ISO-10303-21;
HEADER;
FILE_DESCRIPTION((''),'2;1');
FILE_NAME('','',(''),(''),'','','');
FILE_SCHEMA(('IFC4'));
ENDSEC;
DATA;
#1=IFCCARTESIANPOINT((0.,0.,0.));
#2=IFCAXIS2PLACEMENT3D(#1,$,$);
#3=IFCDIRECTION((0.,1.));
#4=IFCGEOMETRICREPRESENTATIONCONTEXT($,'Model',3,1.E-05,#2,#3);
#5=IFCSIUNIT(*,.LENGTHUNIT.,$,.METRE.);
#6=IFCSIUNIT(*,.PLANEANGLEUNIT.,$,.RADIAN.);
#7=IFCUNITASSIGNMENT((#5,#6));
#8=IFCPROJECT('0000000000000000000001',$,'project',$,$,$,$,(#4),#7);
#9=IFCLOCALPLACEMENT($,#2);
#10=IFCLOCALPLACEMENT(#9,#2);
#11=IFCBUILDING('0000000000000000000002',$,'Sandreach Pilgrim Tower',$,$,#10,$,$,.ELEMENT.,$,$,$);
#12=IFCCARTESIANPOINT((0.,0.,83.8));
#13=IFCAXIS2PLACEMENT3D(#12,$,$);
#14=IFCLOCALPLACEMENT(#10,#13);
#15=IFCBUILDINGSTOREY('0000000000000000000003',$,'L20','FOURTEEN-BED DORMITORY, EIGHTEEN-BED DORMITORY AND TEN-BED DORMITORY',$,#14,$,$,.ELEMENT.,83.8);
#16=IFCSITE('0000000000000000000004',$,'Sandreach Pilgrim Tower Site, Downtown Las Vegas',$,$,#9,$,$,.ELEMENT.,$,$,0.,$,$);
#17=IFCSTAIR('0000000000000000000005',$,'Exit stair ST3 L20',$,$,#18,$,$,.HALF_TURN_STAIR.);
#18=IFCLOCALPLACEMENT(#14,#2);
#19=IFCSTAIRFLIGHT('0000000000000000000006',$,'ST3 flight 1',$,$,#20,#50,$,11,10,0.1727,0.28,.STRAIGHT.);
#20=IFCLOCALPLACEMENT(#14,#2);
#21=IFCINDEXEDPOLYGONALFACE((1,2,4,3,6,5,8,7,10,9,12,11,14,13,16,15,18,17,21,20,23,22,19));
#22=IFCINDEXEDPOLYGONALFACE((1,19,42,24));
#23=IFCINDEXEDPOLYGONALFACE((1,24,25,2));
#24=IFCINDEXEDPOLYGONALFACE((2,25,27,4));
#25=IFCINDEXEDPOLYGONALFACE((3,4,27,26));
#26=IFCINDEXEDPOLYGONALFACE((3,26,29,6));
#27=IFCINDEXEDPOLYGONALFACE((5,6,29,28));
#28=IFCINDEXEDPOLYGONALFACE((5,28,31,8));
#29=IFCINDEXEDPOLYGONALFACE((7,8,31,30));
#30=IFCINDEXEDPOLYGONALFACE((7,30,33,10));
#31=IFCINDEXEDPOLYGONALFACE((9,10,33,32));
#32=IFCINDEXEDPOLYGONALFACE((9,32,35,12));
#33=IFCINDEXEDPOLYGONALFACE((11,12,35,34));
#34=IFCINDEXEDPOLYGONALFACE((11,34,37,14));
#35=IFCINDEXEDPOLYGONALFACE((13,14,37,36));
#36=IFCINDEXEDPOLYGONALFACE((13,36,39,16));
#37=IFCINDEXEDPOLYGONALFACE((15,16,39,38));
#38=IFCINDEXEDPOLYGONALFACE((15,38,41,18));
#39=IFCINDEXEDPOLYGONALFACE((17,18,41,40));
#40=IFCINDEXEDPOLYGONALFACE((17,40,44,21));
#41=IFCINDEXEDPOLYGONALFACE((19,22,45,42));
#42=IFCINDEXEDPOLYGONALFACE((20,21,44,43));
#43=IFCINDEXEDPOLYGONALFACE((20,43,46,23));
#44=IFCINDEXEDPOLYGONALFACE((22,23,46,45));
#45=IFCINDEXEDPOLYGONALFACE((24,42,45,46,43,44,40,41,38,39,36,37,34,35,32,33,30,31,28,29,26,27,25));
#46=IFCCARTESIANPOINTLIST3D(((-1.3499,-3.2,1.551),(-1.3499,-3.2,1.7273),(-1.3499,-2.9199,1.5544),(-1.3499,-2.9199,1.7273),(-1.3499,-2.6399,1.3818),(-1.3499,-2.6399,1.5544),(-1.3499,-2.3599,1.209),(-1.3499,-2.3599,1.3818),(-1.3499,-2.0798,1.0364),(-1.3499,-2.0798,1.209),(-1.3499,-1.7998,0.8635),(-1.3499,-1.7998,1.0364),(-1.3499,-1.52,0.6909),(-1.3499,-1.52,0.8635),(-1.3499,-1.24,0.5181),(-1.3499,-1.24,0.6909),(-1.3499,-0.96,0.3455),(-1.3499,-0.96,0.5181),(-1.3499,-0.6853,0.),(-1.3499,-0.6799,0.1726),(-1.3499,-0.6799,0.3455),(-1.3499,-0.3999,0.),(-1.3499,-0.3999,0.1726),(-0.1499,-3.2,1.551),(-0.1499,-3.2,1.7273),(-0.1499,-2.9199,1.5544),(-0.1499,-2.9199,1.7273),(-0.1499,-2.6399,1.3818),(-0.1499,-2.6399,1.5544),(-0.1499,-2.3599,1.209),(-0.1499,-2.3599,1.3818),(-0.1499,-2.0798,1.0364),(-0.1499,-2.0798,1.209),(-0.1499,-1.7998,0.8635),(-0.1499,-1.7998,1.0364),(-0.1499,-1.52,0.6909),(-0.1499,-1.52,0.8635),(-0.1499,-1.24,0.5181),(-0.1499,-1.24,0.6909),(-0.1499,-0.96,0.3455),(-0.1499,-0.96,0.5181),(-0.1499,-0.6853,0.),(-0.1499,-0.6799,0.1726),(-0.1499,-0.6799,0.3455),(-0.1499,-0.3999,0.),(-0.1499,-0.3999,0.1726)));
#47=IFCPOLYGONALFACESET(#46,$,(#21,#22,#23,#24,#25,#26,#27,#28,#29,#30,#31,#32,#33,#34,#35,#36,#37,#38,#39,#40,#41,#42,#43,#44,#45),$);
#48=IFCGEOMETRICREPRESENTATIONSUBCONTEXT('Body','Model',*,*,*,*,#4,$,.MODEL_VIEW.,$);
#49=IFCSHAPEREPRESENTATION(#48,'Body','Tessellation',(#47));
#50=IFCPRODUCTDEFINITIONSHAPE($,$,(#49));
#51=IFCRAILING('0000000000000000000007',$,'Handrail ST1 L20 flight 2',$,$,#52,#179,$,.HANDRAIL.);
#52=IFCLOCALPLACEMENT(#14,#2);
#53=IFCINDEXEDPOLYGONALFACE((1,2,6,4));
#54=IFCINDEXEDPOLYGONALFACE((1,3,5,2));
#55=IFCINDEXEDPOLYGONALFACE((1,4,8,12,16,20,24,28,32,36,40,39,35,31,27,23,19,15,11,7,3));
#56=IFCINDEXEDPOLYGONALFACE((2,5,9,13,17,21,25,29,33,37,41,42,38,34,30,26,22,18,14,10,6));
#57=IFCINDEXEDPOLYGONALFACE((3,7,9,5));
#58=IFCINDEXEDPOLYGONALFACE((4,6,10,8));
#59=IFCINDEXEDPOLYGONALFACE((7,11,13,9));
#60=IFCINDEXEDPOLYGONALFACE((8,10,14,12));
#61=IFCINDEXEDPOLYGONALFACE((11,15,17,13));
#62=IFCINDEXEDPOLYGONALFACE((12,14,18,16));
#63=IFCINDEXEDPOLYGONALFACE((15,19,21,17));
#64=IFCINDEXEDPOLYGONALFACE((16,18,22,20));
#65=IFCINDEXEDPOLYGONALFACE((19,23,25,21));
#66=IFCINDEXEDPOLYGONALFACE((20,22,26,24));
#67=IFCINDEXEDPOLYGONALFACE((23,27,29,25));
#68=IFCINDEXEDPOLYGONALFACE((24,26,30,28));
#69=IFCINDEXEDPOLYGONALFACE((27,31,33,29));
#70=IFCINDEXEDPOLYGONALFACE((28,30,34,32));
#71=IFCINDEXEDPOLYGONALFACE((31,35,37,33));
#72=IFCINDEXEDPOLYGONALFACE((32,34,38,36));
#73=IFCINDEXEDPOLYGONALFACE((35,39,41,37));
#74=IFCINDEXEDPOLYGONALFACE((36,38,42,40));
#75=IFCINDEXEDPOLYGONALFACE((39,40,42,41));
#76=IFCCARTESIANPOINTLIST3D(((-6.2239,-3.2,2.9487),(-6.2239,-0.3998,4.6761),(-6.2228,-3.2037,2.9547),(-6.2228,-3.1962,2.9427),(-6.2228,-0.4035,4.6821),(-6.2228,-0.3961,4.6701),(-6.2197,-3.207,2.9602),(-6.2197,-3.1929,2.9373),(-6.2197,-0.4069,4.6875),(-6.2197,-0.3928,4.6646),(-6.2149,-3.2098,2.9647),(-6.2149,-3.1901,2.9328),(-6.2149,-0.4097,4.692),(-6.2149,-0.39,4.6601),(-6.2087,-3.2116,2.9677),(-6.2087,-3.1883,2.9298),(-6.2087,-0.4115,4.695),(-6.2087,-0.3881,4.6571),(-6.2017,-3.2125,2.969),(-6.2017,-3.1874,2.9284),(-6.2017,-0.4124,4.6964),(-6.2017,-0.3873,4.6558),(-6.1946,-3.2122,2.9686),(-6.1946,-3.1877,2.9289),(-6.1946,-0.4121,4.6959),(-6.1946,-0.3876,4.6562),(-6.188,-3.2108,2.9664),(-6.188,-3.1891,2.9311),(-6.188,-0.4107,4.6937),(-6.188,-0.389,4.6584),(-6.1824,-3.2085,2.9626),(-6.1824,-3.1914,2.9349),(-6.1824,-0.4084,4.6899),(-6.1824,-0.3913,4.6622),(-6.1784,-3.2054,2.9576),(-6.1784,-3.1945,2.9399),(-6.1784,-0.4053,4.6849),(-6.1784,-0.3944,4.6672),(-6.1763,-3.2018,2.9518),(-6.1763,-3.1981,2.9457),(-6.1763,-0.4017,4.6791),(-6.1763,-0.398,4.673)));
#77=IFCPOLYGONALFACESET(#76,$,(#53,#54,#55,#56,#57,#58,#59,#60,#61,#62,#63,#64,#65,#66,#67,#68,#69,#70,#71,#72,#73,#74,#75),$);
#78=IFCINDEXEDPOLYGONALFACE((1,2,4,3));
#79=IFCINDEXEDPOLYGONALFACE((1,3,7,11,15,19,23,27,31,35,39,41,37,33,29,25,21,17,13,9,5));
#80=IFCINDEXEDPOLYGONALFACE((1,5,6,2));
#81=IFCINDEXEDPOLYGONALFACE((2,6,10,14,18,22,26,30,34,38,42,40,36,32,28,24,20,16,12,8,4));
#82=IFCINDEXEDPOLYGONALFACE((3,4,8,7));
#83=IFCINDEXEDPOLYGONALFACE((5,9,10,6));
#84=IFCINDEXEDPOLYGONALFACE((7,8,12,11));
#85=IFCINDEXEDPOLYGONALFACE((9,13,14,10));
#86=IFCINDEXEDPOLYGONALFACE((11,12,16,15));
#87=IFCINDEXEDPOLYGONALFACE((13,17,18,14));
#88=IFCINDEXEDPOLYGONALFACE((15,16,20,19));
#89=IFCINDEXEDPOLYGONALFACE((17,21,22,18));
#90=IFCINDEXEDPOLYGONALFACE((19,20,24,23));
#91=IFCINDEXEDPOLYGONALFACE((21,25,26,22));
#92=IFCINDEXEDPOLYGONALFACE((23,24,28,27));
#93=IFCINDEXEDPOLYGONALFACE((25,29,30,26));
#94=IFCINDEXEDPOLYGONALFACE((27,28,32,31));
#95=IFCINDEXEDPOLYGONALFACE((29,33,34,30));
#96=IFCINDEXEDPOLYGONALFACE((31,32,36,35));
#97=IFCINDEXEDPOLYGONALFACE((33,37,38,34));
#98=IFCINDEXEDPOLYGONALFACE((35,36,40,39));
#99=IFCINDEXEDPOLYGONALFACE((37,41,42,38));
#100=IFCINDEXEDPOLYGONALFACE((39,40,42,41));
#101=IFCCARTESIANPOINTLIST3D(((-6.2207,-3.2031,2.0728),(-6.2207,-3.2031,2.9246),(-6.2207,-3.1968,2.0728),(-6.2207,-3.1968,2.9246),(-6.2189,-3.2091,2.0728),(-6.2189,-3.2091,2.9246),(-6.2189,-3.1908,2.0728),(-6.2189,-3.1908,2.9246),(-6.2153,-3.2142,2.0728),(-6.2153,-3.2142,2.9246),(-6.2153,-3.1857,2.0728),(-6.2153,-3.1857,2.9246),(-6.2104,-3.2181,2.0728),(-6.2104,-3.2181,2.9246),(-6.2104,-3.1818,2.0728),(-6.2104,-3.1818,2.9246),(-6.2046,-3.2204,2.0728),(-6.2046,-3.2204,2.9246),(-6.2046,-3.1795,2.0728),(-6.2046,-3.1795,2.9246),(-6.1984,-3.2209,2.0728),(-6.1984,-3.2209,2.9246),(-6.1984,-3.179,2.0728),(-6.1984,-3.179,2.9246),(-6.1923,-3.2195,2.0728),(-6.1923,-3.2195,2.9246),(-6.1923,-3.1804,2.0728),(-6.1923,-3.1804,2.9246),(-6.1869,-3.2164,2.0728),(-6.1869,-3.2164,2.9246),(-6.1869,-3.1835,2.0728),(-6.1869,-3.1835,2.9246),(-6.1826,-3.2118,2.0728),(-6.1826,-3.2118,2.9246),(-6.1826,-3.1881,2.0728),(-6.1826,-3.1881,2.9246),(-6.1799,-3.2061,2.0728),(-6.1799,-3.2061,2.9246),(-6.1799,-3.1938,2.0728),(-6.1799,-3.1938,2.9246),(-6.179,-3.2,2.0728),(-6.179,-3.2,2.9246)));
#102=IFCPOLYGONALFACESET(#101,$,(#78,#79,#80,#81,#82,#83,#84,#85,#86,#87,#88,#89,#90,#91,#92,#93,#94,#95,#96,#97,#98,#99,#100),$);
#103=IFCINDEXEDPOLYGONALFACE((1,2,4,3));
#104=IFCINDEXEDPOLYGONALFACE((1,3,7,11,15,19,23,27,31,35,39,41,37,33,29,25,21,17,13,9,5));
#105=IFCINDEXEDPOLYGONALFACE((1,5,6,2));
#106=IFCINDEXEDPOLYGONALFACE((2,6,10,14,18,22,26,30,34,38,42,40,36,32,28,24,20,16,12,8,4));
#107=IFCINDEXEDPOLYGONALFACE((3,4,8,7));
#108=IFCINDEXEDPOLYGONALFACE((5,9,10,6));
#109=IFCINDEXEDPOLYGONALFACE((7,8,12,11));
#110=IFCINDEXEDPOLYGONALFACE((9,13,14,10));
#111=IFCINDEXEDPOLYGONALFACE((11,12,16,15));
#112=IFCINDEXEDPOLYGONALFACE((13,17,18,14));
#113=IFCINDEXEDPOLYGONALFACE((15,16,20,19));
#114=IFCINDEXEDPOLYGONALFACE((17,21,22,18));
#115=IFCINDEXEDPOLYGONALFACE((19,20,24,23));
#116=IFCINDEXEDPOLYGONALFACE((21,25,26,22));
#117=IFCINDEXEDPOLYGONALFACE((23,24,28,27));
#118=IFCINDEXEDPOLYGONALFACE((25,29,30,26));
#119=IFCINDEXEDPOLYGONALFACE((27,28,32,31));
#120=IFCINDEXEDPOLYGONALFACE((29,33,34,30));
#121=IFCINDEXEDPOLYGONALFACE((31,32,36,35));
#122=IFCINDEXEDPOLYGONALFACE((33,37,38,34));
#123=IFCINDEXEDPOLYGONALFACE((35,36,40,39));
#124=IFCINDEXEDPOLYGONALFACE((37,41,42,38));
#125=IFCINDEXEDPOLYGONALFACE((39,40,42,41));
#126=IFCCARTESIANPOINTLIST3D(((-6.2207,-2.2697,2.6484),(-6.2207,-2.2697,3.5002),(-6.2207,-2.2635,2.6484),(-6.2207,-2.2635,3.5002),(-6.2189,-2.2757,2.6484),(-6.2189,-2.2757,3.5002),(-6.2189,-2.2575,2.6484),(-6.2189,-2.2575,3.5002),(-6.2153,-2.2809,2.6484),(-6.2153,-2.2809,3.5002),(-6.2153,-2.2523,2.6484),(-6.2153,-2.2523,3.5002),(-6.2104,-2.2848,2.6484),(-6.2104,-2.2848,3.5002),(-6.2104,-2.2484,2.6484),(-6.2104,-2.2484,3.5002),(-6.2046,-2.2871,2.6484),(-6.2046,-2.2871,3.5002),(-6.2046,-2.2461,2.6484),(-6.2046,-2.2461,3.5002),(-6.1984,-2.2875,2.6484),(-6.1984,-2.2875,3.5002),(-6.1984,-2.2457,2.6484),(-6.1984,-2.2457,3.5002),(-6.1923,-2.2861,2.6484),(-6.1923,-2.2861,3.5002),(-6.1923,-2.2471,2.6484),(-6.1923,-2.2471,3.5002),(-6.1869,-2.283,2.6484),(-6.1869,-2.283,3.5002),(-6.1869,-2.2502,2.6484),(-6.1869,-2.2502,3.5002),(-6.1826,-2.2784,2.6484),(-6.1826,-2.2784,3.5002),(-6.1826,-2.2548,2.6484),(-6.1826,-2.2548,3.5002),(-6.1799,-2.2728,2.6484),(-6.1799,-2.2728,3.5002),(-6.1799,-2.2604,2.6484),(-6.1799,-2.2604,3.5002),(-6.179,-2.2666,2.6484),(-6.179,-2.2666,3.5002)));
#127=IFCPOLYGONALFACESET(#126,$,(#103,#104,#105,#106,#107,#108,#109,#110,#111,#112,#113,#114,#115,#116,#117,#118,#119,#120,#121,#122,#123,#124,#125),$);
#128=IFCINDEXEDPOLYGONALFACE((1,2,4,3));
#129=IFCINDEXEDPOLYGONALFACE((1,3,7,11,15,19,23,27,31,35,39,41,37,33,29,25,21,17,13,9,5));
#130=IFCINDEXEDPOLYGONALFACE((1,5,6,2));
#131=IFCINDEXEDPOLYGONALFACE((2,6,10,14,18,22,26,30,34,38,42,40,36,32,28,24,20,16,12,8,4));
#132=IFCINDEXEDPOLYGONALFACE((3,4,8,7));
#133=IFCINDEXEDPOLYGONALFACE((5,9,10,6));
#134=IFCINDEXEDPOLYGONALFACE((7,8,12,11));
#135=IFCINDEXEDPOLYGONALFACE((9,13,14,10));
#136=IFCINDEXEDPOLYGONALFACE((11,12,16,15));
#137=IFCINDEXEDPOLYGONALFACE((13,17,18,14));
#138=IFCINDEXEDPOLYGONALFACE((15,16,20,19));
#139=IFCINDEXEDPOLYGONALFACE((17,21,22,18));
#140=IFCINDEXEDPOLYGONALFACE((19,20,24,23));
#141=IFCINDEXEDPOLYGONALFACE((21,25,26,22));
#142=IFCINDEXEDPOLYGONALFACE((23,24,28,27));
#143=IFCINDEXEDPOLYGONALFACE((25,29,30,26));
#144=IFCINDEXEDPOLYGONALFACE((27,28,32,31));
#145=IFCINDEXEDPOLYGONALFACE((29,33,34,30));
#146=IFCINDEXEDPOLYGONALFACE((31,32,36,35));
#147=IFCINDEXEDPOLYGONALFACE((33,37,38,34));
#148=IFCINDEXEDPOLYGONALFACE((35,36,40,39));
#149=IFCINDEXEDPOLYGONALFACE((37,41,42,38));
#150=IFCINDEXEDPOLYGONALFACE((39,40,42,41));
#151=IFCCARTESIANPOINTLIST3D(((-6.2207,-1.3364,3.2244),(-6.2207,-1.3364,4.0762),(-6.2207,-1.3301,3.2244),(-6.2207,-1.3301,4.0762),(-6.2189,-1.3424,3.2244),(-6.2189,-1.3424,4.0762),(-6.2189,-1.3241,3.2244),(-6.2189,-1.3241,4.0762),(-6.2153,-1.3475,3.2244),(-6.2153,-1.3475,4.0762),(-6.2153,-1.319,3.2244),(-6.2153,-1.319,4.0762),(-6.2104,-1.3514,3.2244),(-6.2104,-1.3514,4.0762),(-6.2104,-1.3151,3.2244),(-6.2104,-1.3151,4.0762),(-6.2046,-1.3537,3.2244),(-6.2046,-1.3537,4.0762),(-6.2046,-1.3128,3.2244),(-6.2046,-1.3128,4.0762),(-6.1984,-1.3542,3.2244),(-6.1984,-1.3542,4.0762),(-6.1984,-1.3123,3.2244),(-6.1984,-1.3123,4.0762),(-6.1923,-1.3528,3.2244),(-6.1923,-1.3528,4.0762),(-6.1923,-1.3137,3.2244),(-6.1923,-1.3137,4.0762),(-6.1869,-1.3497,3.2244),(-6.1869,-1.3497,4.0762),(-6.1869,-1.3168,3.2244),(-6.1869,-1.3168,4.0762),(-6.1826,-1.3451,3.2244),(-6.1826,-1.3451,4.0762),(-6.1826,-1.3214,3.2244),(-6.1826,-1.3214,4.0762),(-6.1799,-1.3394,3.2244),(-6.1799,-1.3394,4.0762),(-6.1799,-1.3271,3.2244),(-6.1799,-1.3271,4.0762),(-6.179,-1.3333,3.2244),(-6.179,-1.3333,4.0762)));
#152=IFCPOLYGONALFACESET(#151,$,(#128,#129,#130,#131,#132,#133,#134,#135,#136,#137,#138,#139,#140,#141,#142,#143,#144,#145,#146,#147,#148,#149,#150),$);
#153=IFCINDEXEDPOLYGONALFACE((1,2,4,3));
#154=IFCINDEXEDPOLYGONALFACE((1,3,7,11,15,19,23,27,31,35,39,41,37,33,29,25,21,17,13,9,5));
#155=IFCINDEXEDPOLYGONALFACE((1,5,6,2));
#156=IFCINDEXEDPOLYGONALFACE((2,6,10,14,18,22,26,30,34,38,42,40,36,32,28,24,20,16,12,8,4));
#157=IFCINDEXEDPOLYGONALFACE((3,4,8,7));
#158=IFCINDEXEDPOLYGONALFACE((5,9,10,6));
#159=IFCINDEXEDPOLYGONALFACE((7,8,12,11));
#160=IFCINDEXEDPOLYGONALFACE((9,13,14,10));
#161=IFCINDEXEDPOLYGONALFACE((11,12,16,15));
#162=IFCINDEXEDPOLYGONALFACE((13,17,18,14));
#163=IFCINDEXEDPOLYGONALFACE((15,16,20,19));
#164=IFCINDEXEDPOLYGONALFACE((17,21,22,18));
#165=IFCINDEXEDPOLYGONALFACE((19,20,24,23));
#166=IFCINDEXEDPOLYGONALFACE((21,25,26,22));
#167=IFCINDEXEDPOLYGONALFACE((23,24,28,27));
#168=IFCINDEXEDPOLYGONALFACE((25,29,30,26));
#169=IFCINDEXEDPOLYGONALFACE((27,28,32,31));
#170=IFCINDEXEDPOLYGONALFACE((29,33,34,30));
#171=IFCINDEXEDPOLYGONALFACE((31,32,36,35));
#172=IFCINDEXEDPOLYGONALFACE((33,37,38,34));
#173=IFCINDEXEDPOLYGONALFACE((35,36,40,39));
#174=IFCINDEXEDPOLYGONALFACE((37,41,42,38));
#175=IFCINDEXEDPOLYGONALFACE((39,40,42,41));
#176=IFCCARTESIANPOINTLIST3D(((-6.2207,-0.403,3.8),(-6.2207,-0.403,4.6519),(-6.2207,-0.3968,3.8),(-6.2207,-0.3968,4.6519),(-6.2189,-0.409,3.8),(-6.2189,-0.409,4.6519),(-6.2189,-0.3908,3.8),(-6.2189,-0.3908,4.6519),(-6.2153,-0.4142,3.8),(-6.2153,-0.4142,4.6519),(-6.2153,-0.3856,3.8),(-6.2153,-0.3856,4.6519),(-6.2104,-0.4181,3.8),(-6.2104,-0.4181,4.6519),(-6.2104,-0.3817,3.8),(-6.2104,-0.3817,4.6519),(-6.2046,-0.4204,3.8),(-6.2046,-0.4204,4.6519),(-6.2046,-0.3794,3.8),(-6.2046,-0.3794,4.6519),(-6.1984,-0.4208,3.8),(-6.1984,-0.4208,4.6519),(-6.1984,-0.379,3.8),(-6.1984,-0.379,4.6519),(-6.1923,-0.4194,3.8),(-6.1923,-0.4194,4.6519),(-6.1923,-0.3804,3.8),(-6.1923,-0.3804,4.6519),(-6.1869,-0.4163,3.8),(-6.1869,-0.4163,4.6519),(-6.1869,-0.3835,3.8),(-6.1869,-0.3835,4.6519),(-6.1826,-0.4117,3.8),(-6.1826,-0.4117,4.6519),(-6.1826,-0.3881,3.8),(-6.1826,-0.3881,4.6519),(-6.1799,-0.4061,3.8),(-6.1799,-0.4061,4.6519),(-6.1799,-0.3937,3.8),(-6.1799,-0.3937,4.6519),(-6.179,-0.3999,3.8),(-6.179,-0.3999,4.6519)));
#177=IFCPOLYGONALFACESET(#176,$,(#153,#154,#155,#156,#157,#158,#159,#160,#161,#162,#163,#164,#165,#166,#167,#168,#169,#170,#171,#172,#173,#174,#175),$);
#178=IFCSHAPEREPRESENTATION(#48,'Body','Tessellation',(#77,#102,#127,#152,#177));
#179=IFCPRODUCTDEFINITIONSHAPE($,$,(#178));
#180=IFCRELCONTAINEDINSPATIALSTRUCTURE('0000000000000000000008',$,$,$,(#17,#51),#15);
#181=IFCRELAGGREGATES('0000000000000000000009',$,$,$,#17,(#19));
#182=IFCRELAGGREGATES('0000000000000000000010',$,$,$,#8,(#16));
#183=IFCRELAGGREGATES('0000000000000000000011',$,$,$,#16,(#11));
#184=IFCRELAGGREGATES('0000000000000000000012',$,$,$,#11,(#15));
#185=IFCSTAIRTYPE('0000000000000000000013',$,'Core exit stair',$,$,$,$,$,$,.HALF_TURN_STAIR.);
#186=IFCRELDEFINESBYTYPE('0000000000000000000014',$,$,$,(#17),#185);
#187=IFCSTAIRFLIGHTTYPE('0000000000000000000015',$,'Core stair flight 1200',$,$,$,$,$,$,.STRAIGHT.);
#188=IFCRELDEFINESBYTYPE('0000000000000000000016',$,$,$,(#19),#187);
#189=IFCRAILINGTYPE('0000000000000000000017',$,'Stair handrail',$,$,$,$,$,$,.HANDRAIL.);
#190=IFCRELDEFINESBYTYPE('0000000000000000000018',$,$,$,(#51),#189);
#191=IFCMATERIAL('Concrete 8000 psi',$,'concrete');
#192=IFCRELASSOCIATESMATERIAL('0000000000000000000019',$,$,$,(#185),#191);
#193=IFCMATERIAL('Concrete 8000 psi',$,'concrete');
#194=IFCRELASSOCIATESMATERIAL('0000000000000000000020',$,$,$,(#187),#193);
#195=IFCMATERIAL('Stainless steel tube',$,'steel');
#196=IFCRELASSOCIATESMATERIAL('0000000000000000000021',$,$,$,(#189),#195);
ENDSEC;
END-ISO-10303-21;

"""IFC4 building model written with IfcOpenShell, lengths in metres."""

from ifc_helpers import new_model, si_unit, direction, frame, origin, origin_2d, place, context, subcontext, project, spatial, polyline, circle, outline, extrude, material, type_object, element, aggregate, save


model = new_model("IFC4")

# Units and contexts
model_context = context("Model", 3, precision=1e-05, world=origin(), true_north=direction((0.0, 1.0)))
body_context = subcontext(model_context, "Body", "Model", "MODEL_VIEW")
ifc_project = project(units=[si_unit("LENGTHUNIT", "METRE"), si_unit("PLANEANGLEUNIT", "RADIAN")], contexts=[model_context])

# Site, building, storey
site_placement = place(None, origin())
site = spatial("IfcSite", under=ifc_project, at=site_placement, Name="Sandreach Pilgrim Tower Site, Downtown Las Vegas", CompositionType="ELEMENT", RefElevation=0.0)
building_placement = place(site_placement, origin())
building = spatial("IfcBuilding", under=site, at=building_placement, Name="Sandreach Pilgrim Tower", CompositionType="ELEMENT")
storey_placement = place(building_placement, frame((0.0, 0.0, 83.8)))
storey = spatial("IfcBuildingStorey", under=building, at=storey_placement, Name="L20", Description="FOURTEEN-BED DORMITORY, EIGHTEEN-BED DORMITORY AND TEN-BED DORMITORY", CompositionType="ELEMENT", Elevation=83.8)

# Stair, stair flight
ifc_material_1 = material(Name="Concrete 8000 psi", Category="concrete")
stair_type = type_object("IfcStairType", Name="Core exit stair", PredefinedType="HALF_TURN_STAIR", material=ifc_material_1)
ifc_material_2 = material(Name="Concrete 8000 psi", Category="concrete")
stair_flight_type = type_object("IfcStairFlightType", Name="Core stair flight 1200", PredefinedType="STRAIGHT", material=ifc_material_2)
stair_1_placement = place(storey_placement, origin())
stair_1 = element("IfcStair", 1, at=stair_1_placement, inside=storey, type_object=stair_type, Name="Exit stair ST3 L20", PredefinedType="HALF_TURN_STAIR")
stair_flight_1_placement = place(storey_placement, frame((-0.75, -0.3999, 0.0), z_axis=(0.0, 0.0, 1.0), x_axis=(0.0, -1.0, 0.0)))
stair_flight_1 = element("IfcStairFlight", 2, at=stair_flight_1_placement, type_object=stair_flight_type, Name="ST3 flight 1", NumberOfRisers=11, NumberOfTreads=10, PredefinedType="STRAIGHT", RiserHeight=0.1727, TreadLength=0.28, context=body_context, shape_type="SweptSolid", body=[
    extrude(outline(polyline([(0.0, 0.0), (0.0, 0.1726), (0.28, 0.1726), (0.28, 0.3455), (0.5601, 0.3455), (0.5601, 0.5181), (0.8401, 0.5181), (0.8401, 0.6909), (1.1201, 0.6909), (1.1201, 0.8635), (1.3999, 0.8635), (1.3999, 1.0364), (1.6799, 1.0364), (1.6799, 1.209), (1.96, 1.209), (1.96, 1.3818), (2.24, 1.3818), (2.24, 1.5544), (2.52, 1.5544), (2.52, 1.7273), (2.8, 1.7273), (2.8, 1.8999), (2.8, 1.551), (0.2854, 0.0), (0.0, 0.0)])), frame((0.0, 0.6001, 0.0), z_axis=(0.0, -1.0, 0.0), x_axis=(1.0, 0.0, 0.0)), (0.0, 0.0, 1.0), 1.2),
])
aggregate(stair_1, [stair_flight_1])

# Railing
ifc_material_3 = material(Name="Stainless steel tube", Category="steel")
railing_type = type_object("IfcRailingType", Name="Stair handrail", PredefinedType="HANDRAIL", material=ifc_material_3)
for number, where, name in (
    (3, (-6.2, -3.2, 2.0728), "Handrail ST1 L20 flight 2"),
):
    element("IfcRailing", number, at=place(storey_placement, frame(where)), inside=storey, type_object=railing_type, Name=name, PredefinedType="HANDRAIL", context=body_context, shape_type="SweptSolid", body=[
        extrude(circle(Radius=0.0239, at=origin_2d()), frame((0.0, 0.0, 0.876), z_axis=(0.0, 0.85109, 0.52502), x_axis=(-1.0, 0.0, 0.0)), (0.0, 0.0, 1.0), 3.29),
        extrude(circle(Radius=0.021, at=origin_2d()), origin(), (0.0, 0.0, 1.0), 0.8518),
        extrude(circle(Radius=0.021, at=origin_2d()), frame((0.0, 0.9333, 0.5757)), (0.0, 0.0, 1.0), 0.8518),
        extrude(circle(Radius=0.021, at=origin_2d()), frame((0.0, 1.8667, 1.1516)), (0.0, 0.0, 1.0), 0.8518),
        extrude(circle(Radius=0.021, at=origin_2d()), frame((0.0, 2.8, 1.7273)), (0.0, 0.0, 1.0), 0.8518),
    ])

save(model, "model.ifc")
